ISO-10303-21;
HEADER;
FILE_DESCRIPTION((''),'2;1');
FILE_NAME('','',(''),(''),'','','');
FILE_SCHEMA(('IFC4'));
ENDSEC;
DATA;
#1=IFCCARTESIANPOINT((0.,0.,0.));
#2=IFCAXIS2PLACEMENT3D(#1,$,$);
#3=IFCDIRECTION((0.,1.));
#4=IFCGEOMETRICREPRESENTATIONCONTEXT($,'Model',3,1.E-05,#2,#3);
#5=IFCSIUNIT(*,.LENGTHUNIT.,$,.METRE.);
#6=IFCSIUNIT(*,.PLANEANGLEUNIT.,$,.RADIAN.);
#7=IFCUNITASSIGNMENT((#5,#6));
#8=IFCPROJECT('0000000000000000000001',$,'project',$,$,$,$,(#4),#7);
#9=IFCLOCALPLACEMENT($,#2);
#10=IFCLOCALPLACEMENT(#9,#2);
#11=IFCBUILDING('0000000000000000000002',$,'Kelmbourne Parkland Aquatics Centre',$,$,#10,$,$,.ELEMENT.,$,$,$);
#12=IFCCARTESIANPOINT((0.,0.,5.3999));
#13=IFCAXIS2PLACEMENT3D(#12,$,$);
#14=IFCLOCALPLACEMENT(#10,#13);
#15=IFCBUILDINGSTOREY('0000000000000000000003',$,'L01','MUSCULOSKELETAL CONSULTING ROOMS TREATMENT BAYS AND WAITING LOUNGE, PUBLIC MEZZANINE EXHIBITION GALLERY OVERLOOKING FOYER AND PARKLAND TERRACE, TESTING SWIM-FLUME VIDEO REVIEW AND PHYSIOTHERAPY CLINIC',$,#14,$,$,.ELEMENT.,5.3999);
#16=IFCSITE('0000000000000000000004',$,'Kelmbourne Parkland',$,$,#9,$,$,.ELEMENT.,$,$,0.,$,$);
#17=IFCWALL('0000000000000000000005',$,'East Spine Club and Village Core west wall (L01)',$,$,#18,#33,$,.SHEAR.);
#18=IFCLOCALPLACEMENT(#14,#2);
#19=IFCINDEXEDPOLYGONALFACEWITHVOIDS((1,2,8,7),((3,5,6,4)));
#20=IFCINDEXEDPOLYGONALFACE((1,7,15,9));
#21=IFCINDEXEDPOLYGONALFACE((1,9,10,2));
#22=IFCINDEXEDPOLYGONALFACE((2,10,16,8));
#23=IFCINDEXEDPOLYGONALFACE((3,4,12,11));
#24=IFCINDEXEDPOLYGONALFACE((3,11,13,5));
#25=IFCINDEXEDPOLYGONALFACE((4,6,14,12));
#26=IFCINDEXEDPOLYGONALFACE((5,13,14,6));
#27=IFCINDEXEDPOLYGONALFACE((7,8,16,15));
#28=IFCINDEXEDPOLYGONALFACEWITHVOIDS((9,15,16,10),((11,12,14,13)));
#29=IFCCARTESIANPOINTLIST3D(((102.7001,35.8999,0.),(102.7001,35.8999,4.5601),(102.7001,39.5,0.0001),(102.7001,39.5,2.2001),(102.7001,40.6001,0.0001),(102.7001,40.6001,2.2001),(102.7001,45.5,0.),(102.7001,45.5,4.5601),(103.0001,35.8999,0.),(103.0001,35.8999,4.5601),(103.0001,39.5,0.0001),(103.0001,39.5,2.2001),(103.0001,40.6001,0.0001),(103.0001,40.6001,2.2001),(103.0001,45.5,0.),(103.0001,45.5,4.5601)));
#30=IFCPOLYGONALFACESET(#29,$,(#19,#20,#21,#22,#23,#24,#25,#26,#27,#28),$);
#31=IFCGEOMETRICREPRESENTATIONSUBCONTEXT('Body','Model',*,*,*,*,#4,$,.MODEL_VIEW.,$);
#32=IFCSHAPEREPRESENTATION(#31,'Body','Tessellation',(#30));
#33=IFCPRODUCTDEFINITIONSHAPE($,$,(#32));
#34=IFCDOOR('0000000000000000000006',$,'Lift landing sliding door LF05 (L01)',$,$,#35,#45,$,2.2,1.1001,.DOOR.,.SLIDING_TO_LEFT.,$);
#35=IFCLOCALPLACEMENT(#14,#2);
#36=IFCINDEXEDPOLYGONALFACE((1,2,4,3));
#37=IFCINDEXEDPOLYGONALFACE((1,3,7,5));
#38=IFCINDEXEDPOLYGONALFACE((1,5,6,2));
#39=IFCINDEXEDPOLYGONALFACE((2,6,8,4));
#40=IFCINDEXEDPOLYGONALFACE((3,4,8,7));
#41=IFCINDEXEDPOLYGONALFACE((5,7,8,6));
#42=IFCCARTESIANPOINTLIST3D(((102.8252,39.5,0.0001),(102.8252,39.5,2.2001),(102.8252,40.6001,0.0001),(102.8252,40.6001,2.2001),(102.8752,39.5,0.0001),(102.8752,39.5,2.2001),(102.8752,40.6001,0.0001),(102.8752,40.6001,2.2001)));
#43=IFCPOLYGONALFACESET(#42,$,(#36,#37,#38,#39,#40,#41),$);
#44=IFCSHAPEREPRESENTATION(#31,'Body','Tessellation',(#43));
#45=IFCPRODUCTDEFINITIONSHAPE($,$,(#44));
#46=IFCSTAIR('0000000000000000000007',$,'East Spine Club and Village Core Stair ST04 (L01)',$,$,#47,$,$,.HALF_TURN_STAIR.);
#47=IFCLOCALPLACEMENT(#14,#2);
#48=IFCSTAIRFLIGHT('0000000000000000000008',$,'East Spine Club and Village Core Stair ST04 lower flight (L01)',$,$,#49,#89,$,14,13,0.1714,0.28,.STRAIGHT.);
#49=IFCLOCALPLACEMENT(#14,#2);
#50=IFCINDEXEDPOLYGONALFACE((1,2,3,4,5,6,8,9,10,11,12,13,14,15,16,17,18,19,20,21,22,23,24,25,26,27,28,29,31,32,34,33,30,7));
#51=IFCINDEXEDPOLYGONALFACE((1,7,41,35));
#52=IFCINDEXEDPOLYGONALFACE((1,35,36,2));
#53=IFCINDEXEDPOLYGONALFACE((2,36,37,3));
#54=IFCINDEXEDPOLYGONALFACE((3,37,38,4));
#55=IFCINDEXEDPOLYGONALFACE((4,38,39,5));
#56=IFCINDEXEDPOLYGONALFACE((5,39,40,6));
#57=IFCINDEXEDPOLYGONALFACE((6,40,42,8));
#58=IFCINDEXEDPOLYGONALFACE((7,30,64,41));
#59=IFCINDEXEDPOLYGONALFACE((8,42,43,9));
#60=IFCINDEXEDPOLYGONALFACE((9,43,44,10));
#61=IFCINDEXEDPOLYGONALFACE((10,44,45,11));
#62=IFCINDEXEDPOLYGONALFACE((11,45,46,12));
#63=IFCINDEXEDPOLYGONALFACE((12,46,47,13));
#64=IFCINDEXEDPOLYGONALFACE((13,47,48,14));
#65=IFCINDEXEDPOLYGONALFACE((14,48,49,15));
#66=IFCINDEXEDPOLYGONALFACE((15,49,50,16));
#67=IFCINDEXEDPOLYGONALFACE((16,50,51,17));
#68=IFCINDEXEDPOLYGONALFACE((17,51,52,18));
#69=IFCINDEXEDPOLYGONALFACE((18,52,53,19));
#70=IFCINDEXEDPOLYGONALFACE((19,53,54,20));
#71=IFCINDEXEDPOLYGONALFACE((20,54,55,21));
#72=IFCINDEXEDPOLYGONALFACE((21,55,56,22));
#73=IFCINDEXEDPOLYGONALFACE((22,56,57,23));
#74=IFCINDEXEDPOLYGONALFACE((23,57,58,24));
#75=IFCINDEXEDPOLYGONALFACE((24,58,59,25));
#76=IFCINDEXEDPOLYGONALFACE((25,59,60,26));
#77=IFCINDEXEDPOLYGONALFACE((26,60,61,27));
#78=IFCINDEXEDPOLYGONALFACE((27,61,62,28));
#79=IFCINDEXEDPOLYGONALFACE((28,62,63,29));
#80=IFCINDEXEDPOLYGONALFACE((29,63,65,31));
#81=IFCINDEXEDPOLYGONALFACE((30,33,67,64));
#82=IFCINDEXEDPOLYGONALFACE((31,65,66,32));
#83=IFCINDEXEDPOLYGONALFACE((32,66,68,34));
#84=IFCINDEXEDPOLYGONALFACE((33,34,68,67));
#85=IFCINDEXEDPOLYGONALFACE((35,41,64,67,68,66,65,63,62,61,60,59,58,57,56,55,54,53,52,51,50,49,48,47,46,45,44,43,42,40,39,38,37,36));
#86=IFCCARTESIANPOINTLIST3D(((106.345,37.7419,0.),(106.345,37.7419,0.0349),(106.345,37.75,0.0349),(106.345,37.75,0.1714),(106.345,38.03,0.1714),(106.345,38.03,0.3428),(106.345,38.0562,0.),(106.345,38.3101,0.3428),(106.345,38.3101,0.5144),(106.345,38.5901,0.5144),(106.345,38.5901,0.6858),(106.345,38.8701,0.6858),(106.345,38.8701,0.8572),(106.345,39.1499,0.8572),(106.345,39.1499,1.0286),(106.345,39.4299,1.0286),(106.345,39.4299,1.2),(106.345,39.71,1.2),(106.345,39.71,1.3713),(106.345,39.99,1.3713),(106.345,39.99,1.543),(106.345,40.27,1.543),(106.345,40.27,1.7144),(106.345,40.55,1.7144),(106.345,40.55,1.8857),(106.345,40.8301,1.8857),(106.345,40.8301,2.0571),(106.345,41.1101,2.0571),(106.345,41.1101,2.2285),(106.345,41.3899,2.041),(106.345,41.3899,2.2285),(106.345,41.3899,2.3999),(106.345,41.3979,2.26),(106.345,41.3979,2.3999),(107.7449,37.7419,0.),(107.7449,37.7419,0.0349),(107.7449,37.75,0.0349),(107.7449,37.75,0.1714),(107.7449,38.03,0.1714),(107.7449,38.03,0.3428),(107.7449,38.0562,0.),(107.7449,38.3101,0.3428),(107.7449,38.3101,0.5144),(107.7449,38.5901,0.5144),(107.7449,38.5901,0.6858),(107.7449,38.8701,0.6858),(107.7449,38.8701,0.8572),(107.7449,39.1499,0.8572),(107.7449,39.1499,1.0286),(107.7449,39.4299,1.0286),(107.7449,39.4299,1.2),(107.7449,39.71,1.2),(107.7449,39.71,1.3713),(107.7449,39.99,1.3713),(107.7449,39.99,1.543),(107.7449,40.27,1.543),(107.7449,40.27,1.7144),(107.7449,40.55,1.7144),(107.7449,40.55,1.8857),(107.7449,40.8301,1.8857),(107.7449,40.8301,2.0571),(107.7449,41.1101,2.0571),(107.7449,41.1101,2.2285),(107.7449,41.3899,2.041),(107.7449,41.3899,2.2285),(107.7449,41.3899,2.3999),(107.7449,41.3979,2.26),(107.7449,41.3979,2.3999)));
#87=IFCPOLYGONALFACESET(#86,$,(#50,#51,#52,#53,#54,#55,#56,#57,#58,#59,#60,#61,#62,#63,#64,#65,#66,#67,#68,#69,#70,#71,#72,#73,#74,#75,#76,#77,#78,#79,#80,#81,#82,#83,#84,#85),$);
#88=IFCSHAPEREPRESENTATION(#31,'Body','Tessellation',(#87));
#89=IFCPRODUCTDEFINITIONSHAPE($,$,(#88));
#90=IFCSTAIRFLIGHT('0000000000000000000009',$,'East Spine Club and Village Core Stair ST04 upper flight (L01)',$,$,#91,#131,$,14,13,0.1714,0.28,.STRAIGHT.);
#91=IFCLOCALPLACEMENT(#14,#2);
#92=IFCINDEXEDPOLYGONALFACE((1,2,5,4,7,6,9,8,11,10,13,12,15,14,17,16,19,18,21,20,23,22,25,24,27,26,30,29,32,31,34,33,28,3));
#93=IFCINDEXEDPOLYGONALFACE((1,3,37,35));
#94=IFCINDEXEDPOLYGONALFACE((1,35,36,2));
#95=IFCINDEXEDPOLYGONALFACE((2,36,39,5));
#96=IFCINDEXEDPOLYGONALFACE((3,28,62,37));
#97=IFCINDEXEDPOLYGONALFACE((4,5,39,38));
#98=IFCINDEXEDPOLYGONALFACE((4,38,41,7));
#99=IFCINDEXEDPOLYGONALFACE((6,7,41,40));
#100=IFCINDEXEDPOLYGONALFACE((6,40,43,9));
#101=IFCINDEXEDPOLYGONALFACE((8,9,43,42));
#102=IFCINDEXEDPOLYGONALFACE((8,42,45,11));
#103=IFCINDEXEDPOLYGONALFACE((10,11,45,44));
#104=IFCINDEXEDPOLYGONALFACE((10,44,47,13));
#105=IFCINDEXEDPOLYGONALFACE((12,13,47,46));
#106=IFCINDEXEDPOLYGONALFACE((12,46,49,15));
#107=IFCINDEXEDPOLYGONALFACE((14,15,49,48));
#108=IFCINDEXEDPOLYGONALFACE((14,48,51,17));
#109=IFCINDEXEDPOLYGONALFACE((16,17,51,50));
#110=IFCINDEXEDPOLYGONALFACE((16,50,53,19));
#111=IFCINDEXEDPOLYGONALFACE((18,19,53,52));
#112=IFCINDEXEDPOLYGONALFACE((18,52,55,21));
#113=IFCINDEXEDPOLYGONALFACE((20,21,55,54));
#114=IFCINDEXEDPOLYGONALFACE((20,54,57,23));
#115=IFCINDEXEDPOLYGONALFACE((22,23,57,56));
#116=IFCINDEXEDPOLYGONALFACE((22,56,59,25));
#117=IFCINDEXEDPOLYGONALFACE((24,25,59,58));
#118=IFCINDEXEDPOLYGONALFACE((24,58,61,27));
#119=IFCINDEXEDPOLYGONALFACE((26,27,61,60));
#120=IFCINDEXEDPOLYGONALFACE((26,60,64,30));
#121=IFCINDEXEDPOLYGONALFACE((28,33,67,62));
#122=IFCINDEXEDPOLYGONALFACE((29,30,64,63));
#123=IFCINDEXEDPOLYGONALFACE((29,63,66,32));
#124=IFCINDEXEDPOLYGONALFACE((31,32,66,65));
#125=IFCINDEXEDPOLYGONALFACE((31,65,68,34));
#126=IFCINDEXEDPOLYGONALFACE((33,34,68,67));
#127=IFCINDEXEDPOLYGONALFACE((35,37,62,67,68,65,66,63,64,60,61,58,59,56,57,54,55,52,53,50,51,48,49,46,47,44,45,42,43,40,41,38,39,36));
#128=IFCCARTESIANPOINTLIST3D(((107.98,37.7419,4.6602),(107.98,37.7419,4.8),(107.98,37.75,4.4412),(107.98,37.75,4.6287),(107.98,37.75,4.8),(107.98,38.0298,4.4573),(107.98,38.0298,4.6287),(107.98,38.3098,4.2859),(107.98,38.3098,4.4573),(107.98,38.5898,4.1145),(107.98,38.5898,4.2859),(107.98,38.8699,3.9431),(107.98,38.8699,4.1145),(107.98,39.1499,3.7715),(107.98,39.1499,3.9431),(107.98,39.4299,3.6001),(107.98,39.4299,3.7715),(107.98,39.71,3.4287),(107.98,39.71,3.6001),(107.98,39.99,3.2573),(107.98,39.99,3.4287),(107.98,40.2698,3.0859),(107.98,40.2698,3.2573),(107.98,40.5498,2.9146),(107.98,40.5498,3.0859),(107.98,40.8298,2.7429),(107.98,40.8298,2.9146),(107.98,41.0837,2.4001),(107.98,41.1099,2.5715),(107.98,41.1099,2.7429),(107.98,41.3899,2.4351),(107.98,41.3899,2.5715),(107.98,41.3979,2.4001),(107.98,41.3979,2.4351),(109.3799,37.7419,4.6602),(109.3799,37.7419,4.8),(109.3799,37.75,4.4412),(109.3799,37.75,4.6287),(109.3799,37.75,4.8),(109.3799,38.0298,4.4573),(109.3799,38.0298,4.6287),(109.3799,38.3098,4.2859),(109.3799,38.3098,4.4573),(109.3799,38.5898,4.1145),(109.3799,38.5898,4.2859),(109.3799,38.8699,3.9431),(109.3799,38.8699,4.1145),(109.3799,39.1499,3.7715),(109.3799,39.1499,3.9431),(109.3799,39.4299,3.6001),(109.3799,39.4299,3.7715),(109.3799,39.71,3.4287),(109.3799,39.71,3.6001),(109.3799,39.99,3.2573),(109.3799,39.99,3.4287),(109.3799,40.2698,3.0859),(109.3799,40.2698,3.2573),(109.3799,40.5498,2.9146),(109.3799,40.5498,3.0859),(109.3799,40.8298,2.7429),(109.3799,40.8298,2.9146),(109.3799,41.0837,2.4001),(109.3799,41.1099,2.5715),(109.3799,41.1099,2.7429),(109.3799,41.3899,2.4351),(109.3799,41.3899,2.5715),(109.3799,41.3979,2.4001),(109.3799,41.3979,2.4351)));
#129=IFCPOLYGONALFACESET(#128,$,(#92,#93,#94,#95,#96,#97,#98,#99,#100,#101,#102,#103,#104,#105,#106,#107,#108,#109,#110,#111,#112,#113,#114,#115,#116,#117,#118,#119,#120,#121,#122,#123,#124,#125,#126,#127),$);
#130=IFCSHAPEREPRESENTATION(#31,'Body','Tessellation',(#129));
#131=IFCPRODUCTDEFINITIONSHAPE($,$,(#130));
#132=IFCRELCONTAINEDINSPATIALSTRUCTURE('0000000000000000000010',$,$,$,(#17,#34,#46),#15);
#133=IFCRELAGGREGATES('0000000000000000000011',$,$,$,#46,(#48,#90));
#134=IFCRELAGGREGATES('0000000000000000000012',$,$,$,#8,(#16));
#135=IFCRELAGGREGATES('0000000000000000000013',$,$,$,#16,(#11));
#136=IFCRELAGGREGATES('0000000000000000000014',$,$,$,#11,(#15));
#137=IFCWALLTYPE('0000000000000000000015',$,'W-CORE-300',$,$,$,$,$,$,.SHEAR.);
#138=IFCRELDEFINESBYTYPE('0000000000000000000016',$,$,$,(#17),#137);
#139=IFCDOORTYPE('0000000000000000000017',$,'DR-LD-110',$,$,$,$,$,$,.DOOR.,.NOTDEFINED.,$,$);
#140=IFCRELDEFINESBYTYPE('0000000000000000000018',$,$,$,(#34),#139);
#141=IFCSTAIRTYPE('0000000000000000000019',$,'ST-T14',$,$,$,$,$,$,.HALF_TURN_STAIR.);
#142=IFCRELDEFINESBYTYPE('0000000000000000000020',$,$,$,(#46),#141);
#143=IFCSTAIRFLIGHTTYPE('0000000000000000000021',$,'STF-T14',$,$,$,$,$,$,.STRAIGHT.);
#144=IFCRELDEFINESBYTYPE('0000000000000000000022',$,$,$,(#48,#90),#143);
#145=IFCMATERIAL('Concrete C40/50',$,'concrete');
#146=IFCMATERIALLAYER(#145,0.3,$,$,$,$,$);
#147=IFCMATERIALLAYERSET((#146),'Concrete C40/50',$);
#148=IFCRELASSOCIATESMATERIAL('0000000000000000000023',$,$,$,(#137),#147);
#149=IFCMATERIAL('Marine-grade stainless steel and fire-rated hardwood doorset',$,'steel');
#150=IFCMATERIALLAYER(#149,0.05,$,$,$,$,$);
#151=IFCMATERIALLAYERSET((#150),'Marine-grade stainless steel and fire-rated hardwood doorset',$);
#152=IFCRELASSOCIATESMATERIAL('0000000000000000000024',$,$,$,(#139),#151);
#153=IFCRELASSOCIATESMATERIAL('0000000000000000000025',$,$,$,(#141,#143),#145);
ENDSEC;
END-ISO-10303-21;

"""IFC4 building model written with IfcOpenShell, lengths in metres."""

from ifc_helpers import new_model, si_unit, direction, frame, frame_2d, origin, place, context, subcontext, project, spatial, polyline, rectangle, outline, extrude, material, layer, layer_set, type_object, element, fill, aggregate, save


model = new_model("IFC4")

# Units and contexts
model_context = context("Model", 3, precision=1e-05, world=origin(), true_north=direction((0.0, 1.0)))
body_context = subcontext(model_context, "Body", "Model", "MODEL_VIEW")
ifc_project = project(units=[si_unit("LENGTHUNIT", "METRE"), si_unit("PLANEANGLEUNIT", "RADIAN")], contexts=[model_context])

# Site, building, storey
site_placement = place(None, origin())
site = spatial("IfcSite", under=ifc_project, at=site_placement, Name="Kelmbourne Parkland", CompositionType="ELEMENT", RefElevation=0.0)
building_placement = place(site_placement, origin())
building = spatial("IfcBuilding", under=site, at=building_placement, Name="Kelmbourne Parkland Aquatics Centre", CompositionType="ELEMENT")
storey_placement = place(building_placement, frame((0.0, 0.0, 5.3999)))
storey = spatial("IfcBuildingStorey", under=building, at=storey_placement, Name="L01", Description="MUSCULOSKELETAL CONSULTING ROOMS TREATMENT BAYS AND WAITING LOUNGE, PUBLIC MEZZANINE EXHIBITION GALLERY OVERLOOKING FOYER AND PARKLAND TERRACE, TESTING SWIM-FLUME VIDEO REVIEW AND PHYSIOTHERAPY CLINIC", CompositionType="ELEMENT", Elevation=5.3999)

# Shared definitions
ifc_material_1 = material(Name="Concrete C40/50", Category="concrete")

# Shared definitions
ifc_layer_1 = layer(ifc_material_1, 0.3)
ifc_layer_set_1 = layer_set([ifc_layer_1], Name="Concrete C40/50")
wall_type_1 = type_object("IfcWallType", Name="W-CORE-300", PredefinedType="SHEAR", material=ifc_layer_set_1)

# Wall, opening, door
wall_1_placement = place(storey_placement, frame((102.8501, 35.8999, 0.0), z_axis=(0.0, 0.0, 1.0), x_axis=(0.0, 1.0, 0.0)))
wall_1 = element("IfcWall", 1, at=wall_1_placement, inside=storey, type_object=wall_type_1, Name="East Spine Club and Village Core west wall (L01)", PredefinedType="SHEAR", context=body_context, shape_type="SweptSolid", body=[
    extrude(rectangle(XDim=9.6001, YDim=0.3, at=frame_2d((4.8, 0.0))), origin(), (0.0, 0.0, 1.0), 4.5601),
])
opening_placement = place(wall_1_placement, frame((3.6001, 0.0, 0.0)))
opening = element("IfcOpeningElement", 2, at=opening_placement, cuts=wall_1, PredefinedType="OPENING", context=body_context, shape_type="SweptSolid", body=[
    extrude(rectangle(XDim=1.1001, YDim=2.2, at=frame_2d((0.55, 1.1001))), frame((0.0, 0.1621, 0.0), z_axis=(0.0, -1.0, 0.0), x_axis=(1.0, 0.0, 0.0)), (0.0, 0.0, 1.0), 0.324),
])
ifc_material_2 = material(Name="Marine-grade stainless steel and fire-rated hardwood doorset", Category="steel")
ifc_layer_2 = layer(ifc_material_2, 0.05)
ifc_layer_set_2 = layer_set([ifc_layer_2], Name="Marine-grade stainless steel and fire-rated hardwood doorset")
door_type = type_object("IfcDoorType", Name="DR-LD-110", OperationType="NOTDEFINED", PredefinedType="DOOR", material=ifc_layer_set_2)
door_placement = place(opening_placement, origin())
door = element("IfcDoor", 3, at=door_placement, inside=storey, type_object=door_type, Name="Lift landing sliding door LF05 (L01)", OperationType="SLIDING_TO_LEFT", OverallHeight=2.2, OverallWidth=1.1001, PredefinedType="DOOR", context=body_context, shape_type="SweptSolid", body=[
    extrude(rectangle(XDim=1.1001, YDim=2.2, at=frame_2d((0.55, 1.1001))), frame((0.0, 0.0249, 0.0), z_axis=(0.0, -1.0, 0.0), x_axis=(1.0, 0.0, 0.0)), (0.0, 0.0, 1.0), 0.05),
])
fill(opening, door)

# Stair, stair flights
stair_type = type_object("IfcStairType", Name="ST-T14", PredefinedType="HALF_TURN_STAIR", material=ifc_material_1)
stair_placement = place(storey_placement, origin())
stair = element("IfcStair", 4, at=stair_placement, inside=storey, type_object=stair_type, Name="East Spine Club and Village Core Stair ST04 (L01)", PredefinedType="HALF_TURN_STAIR")
stair_flight_type = type_object("IfcStairFlightType", Name="STF-T14", PredefinedType="STRAIGHT", material=ifc_material_1)
stair_flight_1_placement = place(storey_placement, frame((107.0449, 37.75, 0.0), z_axis=(0.0, 0.0, 1.0), x_axis=(0.0, 1.0, 0.0)))
stair_flight_1 = element("IfcStairFlight", 5, at=stair_flight_1_placement, type_object=stair_flight_type, Name="East Spine Club and Village Core Stair ST04 lower flight (L01)", NumberOfRisers=14, NumberOfTreads=13, PredefinedType="STRAIGHT", RiserHeight=0.1714, TreadLength=0.28, context=body_context, shape_type="SweptSolid", body=[
    extrude(outline(polyline([(-0.0081, 0.0), (-0.0081, 0.0349), (0.0, 0.0349), (0.0, 0.1714), (0.28, 0.1714), (0.28, 0.3428), (0.5601, 0.3428), (0.5601, 0.5144), (0.8401, 0.5144), (0.8401, 0.6858), (1.1201, 0.6858), (1.1201, 0.8572), (1.3999, 0.8572), (1.3999, 1.0286), (1.6799, 1.0286), (1.6799, 1.2), (1.96, 1.2), (1.96, 1.3713), (2.24, 1.3713), (2.24, 1.543), (2.52, 1.543), (2.52, 1.7144), (2.8, 1.7144), (2.8, 1.8857), (3.0801, 1.8857), (3.0801, 2.0571), (3.3601, 2.0571), (3.3601, 2.2285), (3.6399, 2.2285), (3.6399, 2.3999), (3.6479, 2.3999), (3.6479, 2.26), (3.6399, 2.041), (0.3062, 0.0), (-0.0081, 0.0)])), frame((0.0, 0.7, 0.0), z_axis=(0.0, -1.0, 0.0), x_axis=(1.0, 0.0, 0.0)), (0.0, 0.0, 1.0), 1.3999),
])
stair_flight_2_placement = place(storey_placement, frame((108.6799, 41.3899, 2.4001), z_axis=(0.0, 0.0, 1.0), x_axis=(0.0, -1.0, 0.0)))
stair_flight_2 = element("IfcStairFlight", 6, at=stair_flight_2_placement, type_object=stair_flight_type, Name="East Spine Club and Village Core Stair ST04 upper flight (L01)", NumberOfRisers=14, NumberOfTreads=13, PredefinedType="STRAIGHT", RiserHeight=0.1714, TreadLength=0.28, context=body_context, shape_type="SweptSolid", body=[
    extrude(outline(polyline([(-0.0081, 0.0), (-0.0081, 0.0349), (0.0, 0.0349), (0.0, 0.1714), (0.28, 0.1714), (0.28, 0.3428), (0.5601, 0.3428), (0.5601, 0.5144), (0.8401, 0.5144), (0.8401, 0.6858), (1.1201, 0.6858), (1.1201, 0.8572), (1.3999, 0.8572), (1.3999, 1.0286), (1.6799, 1.0286), (1.6799, 1.2), (1.96, 1.2), (1.96, 1.3713), (2.24, 1.3713), (2.24, 1.543), (2.52, 1.543), (2.52, 1.7144), (2.8, 1.7144), (2.8, 1.8857), (3.0801, 1.8857), (3.0801, 2.0571), (3.3601, 2.0571), (3.3601, 2.2285), (3.6399, 2.2285), (3.6399, 2.3999), (3.6479, 2.3999), (3.6479, 2.26), (3.6399, 2.041), (0.3062, 0.0), (-0.0081, 0.0)])), frame((0.0, 0.7, 0.0), z_axis=(0.0, -1.0, 0.0), x_axis=(1.0, 0.0, 0.0)), (0.0, 0.0, 1.0), 1.3999),
])
aggregate(stair, [stair_flight_1, stair_flight_2])

save(model, "model.ifc")
